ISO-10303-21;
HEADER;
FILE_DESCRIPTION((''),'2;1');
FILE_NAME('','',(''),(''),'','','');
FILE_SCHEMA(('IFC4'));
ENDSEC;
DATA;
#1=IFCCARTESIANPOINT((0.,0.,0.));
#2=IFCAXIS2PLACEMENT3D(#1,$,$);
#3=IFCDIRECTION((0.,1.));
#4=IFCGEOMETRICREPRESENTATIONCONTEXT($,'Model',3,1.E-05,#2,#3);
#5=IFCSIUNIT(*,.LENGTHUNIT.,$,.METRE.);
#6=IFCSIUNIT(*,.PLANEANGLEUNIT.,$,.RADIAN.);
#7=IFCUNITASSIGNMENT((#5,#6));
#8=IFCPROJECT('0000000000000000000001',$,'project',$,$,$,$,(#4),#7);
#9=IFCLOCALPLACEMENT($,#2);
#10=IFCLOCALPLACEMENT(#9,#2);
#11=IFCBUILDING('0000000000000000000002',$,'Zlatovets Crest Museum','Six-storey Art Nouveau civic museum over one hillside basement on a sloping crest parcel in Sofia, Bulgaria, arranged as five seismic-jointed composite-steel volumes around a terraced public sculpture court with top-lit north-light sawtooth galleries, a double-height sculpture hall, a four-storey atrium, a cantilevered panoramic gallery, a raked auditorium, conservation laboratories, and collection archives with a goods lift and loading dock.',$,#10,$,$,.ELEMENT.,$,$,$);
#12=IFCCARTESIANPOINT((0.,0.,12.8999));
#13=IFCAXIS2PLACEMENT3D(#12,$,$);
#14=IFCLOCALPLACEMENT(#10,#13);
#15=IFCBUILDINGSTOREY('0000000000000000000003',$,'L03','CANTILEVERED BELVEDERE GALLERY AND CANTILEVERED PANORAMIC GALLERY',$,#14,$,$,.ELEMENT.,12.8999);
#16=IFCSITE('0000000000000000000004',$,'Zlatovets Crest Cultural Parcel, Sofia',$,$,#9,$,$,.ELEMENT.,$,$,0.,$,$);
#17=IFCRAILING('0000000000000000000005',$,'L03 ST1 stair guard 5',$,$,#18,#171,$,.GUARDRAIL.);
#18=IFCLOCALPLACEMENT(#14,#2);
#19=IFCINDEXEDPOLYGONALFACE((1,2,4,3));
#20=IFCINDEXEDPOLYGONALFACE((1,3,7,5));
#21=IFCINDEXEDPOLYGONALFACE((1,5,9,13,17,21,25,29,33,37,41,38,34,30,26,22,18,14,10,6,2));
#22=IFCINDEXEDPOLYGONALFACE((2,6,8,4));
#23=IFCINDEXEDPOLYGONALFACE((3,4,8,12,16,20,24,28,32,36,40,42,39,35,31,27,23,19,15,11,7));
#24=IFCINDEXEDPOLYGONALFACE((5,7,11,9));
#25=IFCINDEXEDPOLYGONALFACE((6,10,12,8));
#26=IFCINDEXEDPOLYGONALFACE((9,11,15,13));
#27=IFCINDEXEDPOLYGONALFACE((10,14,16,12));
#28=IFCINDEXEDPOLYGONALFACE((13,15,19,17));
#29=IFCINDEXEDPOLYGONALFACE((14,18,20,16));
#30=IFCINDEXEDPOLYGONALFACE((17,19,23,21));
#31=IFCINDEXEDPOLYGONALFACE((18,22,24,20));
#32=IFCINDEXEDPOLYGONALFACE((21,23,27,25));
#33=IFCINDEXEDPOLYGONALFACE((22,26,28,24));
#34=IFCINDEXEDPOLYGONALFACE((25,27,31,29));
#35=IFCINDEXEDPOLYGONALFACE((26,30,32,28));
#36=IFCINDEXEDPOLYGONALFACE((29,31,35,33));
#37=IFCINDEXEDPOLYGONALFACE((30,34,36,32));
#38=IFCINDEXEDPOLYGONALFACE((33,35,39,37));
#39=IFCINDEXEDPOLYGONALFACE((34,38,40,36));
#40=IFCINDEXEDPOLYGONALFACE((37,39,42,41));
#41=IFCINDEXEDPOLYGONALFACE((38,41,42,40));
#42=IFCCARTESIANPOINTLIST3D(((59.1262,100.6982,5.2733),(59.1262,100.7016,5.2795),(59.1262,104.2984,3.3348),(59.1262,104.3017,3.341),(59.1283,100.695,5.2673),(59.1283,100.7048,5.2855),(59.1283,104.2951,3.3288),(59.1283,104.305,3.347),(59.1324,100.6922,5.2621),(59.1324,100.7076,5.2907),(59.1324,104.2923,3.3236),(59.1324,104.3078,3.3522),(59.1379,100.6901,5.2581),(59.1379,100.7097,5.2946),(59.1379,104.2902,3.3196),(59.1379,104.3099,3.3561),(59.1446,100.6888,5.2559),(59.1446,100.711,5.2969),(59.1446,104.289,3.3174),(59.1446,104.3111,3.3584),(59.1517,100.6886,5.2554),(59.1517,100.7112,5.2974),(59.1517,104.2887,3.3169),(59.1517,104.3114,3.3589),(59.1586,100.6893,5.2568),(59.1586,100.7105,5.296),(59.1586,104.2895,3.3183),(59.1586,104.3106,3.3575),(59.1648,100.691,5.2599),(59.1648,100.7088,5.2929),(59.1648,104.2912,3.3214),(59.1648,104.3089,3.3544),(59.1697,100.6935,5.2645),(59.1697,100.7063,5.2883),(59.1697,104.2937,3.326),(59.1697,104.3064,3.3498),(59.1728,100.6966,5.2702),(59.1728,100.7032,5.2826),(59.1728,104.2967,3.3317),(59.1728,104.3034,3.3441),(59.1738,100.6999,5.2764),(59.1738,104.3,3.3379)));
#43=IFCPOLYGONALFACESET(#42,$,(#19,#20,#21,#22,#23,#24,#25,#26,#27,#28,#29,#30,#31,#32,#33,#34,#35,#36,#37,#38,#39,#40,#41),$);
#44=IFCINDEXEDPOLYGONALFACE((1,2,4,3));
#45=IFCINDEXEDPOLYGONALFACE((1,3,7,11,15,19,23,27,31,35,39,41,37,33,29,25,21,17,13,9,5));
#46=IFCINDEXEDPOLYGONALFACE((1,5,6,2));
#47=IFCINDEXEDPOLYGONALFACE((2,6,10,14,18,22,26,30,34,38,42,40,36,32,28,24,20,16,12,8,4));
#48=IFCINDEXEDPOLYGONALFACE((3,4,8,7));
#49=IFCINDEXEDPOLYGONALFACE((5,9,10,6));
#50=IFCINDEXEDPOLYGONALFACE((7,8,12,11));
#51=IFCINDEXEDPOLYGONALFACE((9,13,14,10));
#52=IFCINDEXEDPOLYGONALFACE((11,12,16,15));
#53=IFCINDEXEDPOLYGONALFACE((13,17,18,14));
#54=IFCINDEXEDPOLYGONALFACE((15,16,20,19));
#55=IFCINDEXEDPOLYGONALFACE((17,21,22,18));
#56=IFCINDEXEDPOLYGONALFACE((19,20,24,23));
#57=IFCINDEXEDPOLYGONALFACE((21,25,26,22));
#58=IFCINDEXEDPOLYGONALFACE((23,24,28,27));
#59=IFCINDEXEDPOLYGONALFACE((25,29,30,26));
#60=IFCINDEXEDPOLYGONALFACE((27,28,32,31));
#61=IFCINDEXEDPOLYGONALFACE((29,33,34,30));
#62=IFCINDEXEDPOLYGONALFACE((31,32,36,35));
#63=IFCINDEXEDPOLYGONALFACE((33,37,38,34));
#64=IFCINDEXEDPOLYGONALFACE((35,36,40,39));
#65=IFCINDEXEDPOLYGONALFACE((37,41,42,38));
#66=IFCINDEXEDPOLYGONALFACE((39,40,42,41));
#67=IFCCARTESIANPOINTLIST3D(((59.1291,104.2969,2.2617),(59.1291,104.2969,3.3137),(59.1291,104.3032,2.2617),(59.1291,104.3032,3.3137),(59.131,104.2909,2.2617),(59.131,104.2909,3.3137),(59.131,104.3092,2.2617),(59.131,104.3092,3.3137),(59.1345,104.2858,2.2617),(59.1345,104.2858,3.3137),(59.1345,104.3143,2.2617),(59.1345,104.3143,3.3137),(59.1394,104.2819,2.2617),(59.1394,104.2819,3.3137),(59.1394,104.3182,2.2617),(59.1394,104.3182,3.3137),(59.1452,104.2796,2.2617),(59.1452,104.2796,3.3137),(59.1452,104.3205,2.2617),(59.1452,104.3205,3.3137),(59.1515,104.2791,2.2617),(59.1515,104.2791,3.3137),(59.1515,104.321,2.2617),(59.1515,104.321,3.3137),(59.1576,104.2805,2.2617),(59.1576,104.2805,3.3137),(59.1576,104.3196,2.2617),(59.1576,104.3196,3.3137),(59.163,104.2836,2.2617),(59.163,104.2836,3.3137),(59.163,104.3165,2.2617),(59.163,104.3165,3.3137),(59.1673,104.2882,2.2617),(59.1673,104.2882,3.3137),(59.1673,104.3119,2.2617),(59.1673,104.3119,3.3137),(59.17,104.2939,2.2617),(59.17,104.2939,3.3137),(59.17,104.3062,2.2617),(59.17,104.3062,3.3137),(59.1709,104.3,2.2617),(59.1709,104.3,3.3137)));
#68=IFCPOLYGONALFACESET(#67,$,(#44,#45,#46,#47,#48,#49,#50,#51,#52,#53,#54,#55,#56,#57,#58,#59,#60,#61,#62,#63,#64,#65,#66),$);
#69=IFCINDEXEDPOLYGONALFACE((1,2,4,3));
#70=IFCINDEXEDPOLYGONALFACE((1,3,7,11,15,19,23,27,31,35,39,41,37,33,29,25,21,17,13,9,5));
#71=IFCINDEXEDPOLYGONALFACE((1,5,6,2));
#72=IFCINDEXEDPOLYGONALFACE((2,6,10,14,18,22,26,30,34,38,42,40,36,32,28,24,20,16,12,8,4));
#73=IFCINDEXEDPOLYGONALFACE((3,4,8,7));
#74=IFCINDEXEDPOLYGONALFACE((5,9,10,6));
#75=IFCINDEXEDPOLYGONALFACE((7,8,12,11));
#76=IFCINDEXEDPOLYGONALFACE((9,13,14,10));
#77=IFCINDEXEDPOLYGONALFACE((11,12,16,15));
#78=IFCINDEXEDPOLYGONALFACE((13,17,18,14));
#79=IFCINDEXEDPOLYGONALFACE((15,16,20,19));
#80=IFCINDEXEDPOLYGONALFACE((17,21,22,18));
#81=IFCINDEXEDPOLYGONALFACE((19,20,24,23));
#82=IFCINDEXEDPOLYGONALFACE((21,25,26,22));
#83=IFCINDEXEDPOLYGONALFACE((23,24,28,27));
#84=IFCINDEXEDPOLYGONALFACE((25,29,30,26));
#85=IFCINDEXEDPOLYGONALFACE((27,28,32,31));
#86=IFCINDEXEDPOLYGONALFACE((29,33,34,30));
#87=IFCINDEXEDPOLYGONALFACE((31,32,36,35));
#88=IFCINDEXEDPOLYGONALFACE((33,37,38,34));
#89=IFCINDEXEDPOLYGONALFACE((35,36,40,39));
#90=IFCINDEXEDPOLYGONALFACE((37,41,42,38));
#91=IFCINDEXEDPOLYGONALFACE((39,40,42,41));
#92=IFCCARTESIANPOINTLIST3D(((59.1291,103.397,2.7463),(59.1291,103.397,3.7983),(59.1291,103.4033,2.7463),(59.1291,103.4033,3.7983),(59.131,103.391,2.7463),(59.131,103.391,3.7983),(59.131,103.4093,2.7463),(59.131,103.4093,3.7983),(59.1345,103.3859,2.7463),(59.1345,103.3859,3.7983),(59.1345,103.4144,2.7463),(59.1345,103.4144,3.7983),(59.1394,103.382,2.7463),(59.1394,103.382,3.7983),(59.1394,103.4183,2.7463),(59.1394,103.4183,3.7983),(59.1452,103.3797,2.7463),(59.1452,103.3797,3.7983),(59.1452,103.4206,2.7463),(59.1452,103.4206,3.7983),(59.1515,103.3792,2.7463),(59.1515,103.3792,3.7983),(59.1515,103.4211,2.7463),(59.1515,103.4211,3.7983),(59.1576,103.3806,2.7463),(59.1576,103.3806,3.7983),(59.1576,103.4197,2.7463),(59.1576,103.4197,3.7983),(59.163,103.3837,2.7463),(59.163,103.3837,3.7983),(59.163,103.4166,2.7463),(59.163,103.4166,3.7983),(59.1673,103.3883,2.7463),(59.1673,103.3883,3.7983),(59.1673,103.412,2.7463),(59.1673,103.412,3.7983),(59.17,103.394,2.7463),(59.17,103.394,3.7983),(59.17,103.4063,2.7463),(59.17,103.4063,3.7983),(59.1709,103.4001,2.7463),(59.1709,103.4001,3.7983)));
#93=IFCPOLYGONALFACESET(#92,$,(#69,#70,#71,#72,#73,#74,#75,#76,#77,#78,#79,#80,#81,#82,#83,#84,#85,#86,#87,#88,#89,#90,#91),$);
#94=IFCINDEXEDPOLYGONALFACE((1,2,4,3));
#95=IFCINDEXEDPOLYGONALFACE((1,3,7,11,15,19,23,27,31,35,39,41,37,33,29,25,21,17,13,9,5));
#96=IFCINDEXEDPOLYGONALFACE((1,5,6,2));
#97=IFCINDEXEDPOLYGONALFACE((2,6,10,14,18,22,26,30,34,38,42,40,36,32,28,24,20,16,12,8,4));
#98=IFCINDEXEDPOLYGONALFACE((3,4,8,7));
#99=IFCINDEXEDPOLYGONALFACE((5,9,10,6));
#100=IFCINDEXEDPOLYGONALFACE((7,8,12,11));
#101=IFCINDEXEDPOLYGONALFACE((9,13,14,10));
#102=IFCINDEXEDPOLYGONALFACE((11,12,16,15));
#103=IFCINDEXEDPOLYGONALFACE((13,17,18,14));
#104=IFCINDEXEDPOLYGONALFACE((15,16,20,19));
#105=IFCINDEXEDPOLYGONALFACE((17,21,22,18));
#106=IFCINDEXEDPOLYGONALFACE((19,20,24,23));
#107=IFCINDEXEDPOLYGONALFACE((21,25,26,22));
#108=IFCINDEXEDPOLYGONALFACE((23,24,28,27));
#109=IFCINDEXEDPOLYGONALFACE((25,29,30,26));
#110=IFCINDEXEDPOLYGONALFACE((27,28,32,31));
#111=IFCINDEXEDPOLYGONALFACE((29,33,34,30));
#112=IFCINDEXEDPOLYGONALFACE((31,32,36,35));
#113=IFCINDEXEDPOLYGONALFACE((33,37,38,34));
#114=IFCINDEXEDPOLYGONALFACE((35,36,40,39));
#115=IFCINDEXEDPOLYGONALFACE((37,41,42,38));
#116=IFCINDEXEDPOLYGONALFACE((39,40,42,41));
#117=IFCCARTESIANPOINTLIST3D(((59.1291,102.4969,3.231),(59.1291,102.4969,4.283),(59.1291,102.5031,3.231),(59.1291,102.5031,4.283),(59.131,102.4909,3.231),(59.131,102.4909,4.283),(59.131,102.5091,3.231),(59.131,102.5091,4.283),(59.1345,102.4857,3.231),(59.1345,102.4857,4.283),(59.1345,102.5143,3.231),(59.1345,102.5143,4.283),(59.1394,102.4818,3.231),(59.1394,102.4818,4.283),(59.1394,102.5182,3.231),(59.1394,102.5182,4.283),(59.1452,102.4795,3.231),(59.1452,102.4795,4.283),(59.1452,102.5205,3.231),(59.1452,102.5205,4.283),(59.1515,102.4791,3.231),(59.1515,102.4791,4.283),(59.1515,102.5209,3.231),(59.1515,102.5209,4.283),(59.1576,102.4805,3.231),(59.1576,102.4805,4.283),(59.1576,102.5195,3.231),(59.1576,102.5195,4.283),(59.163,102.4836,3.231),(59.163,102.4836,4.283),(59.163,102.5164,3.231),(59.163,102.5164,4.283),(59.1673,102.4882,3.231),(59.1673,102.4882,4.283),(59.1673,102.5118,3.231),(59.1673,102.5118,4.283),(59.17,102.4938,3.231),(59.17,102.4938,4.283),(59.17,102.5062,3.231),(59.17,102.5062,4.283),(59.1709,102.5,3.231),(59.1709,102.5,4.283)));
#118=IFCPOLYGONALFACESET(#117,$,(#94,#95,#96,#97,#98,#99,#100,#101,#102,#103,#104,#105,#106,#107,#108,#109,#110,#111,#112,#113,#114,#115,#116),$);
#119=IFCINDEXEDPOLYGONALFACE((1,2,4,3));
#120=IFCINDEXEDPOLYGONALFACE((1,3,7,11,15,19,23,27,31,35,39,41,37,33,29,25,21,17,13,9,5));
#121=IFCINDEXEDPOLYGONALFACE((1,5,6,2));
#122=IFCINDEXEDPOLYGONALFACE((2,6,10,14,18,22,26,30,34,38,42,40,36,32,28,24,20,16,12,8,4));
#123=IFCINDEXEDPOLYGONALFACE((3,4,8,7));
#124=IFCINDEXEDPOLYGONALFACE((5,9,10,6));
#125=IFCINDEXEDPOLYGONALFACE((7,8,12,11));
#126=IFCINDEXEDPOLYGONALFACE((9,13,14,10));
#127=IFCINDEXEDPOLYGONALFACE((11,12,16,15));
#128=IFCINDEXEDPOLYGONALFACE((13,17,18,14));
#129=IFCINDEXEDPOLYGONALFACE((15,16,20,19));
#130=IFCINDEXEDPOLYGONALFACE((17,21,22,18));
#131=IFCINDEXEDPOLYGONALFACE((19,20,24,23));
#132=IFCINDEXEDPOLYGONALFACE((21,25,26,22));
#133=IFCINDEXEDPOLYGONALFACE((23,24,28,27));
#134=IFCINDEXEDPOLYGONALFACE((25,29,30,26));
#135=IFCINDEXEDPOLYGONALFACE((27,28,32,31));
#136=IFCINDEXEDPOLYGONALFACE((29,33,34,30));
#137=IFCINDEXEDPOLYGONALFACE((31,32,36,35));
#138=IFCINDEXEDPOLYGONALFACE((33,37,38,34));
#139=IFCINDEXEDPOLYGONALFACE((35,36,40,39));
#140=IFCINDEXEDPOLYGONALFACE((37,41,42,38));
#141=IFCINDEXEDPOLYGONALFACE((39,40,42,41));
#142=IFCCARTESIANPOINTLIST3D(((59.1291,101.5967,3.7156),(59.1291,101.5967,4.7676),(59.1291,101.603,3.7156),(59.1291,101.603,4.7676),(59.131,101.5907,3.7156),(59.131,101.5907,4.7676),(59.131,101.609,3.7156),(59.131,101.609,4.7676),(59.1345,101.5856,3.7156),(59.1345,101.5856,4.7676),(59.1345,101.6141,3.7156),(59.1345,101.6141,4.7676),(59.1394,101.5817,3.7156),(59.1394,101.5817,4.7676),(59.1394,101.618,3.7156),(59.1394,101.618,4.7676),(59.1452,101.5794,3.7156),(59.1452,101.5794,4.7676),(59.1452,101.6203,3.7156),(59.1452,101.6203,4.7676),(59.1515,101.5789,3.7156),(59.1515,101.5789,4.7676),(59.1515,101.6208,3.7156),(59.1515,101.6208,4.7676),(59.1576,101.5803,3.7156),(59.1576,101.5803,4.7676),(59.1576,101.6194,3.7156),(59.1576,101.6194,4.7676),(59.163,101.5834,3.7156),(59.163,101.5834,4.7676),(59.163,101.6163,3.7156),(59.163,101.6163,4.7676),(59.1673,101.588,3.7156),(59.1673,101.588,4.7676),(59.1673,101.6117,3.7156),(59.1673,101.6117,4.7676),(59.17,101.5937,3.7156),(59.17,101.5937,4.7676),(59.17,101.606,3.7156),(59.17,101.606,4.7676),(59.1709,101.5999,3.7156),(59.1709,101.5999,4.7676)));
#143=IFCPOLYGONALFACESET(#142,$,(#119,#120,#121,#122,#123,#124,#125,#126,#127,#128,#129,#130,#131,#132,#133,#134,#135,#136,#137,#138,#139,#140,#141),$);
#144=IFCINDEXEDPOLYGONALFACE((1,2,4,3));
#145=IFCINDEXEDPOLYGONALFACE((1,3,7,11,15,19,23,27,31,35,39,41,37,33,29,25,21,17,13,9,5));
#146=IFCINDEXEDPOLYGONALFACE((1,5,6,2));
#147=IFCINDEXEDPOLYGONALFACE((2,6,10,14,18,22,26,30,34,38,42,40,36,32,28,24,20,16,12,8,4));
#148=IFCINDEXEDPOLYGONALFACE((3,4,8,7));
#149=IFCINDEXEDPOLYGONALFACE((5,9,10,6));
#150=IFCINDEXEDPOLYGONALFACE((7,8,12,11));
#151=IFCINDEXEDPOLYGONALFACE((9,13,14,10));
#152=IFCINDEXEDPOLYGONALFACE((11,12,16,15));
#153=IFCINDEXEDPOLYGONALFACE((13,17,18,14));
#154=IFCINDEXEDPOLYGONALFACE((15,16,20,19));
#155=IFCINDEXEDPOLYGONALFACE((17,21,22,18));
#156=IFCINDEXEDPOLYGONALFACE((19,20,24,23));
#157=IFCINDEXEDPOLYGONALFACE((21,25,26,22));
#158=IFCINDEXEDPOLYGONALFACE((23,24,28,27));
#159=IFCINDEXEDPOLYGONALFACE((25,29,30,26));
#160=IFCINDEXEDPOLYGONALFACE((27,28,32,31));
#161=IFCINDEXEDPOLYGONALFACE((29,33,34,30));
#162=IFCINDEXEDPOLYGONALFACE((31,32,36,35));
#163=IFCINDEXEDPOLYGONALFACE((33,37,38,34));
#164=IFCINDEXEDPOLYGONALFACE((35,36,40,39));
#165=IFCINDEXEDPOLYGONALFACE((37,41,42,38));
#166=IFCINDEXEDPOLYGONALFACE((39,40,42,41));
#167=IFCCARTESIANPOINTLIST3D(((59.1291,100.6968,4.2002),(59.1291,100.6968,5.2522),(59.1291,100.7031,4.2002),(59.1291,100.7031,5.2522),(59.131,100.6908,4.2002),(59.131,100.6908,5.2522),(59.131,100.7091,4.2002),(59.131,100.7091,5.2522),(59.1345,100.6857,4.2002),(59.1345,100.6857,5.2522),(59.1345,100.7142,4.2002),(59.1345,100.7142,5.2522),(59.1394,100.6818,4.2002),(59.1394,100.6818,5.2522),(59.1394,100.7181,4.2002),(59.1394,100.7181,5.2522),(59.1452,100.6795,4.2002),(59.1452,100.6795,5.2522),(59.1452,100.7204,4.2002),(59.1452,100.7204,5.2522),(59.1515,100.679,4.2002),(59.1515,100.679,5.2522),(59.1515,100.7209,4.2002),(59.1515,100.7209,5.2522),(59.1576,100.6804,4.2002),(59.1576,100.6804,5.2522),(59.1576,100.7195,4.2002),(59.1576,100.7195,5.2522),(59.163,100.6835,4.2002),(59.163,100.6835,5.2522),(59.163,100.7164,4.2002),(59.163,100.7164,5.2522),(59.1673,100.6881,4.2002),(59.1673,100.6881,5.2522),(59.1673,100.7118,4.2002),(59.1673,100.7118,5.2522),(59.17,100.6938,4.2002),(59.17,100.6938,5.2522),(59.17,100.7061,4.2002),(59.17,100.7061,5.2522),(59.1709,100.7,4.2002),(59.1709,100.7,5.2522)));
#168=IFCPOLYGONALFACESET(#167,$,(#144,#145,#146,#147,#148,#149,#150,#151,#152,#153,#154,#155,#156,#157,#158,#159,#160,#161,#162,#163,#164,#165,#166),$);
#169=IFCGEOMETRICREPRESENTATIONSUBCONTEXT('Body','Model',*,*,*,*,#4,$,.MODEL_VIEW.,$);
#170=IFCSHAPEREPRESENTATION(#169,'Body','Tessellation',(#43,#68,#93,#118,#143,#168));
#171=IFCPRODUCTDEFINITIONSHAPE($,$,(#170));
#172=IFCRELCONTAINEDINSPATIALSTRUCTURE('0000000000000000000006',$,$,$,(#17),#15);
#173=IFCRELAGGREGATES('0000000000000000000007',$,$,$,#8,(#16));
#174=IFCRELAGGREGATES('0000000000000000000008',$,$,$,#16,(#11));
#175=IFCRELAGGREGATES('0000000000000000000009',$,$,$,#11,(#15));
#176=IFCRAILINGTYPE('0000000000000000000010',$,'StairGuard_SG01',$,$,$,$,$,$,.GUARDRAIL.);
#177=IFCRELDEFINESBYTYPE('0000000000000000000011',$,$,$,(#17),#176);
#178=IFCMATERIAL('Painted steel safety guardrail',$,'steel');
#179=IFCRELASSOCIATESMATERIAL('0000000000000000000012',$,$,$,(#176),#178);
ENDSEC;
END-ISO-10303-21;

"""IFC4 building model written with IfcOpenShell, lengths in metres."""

from ifc_helpers import new_model, si_unit, direction, frame, origin, origin_2d, place, context, subcontext, project, spatial, circle, extrude, material, type_object, element, save


model = new_model("IFC4")

# Units and contexts
model_context = context("Model", 3, precision=1e-05, world=origin(), true_north=direction((0.0, 1.0)))
body_context = subcontext(model_context, "Body", "Model", "MODEL_VIEW")
ifc_project = project(units=[si_unit("LENGTHUNIT", "METRE"), si_unit("PLANEANGLEUNIT", "RADIAN")], contexts=[model_context])

# Site, building, storey
site_placement = place(None, origin())
site = spatial("IfcSite", under=ifc_project, at=site_placement, Name="Zlatovets Crest Cultural Parcel, Sofia", CompositionType="ELEMENT", RefElevation=0.0)
building_placement = place(site_placement, origin())
building = spatial("IfcBuilding", under=site, at=building_placement, Name="Zlatovets Crest Museum", Description="Six-storey Art Nouveau civic museum over one hillside basement on a sloping crest parcel in Sofia, Bulgaria, arranged as five seismic-jointed composite-steel volumes around a terraced public sculpture court with top-lit north-light sawtooth galleries, a double-height sculpture hall, a four-storey atrium, a cantilevered panoramic gallery, a raked auditorium, conservation laboratories, and collection archives with a goods lift and loading dock.", CompositionType="ELEMENT")
storey_placement = place(building_placement, frame((0.0, 0.0, 12.8999)))
storey = spatial("IfcBuildingStorey", under=building, at=storey_placement, Name="L03", Description="CANTILEVERED BELVEDERE GALLERY AND CANTILEVERED PANORAMIC GALLERY", CompositionType="ELEMENT", Elevation=12.8999)

# Railing
ifc_material_1 = material(Name="Painted steel safety guardrail", Category="steel")
railing_type_1 = type_object("IfcRailingType", Name="StairGuard_SG01", PredefinedType="GUARDRAIL", material=ifc_material_1)
railing_1_placement = place(storey_placement, frame((59.1499, 104.3, 2.2617)))
element("IfcRailing", 1, at=railing_1_placement, inside=storey, type_object=railing_type_1, Name="L03 ST1 stair guard 5", PredefinedType="GUARDRAIL", context=body_context, shape_type="SweptSolid", body=[
    extrude(circle(Radius=0.0239, at=origin_2d()), frame((0.0, 0.0, 1.0762), z_axis=(0.0, -0.880475, 0.474093), x_axis=(1.0, 0.0, 0.0)), (0.0, 0.0, 1.0), 4.0889),
    extrude(circle(Radius=0.021, at=origin_2d()), origin(), (0.0, 0.0, 1.0), 1.052),
    extrude(circle(Radius=0.021, at=origin_2d()), frame((0.0, -0.8999, 0.4846)), (0.0, 0.0, 1.0), 1.052),
    extrude(circle(Radius=0.021, at=origin_2d()), frame((0.0, -1.8, 0.9692)), (0.0, 0.0, 1.0), 1.052),
    extrude(circle(Radius=0.021, at=origin_2d()), frame((0.0, -2.7002, 1.4539)), (0.0, 0.0, 1.0), 1.052),
    extrude(circle(Radius=0.021, at=origin_2d()), frame((0.0, -3.6001, 1.9385)), (0.0, 0.0, 1.0), 1.052),
])

save(model, "model.ifc")
